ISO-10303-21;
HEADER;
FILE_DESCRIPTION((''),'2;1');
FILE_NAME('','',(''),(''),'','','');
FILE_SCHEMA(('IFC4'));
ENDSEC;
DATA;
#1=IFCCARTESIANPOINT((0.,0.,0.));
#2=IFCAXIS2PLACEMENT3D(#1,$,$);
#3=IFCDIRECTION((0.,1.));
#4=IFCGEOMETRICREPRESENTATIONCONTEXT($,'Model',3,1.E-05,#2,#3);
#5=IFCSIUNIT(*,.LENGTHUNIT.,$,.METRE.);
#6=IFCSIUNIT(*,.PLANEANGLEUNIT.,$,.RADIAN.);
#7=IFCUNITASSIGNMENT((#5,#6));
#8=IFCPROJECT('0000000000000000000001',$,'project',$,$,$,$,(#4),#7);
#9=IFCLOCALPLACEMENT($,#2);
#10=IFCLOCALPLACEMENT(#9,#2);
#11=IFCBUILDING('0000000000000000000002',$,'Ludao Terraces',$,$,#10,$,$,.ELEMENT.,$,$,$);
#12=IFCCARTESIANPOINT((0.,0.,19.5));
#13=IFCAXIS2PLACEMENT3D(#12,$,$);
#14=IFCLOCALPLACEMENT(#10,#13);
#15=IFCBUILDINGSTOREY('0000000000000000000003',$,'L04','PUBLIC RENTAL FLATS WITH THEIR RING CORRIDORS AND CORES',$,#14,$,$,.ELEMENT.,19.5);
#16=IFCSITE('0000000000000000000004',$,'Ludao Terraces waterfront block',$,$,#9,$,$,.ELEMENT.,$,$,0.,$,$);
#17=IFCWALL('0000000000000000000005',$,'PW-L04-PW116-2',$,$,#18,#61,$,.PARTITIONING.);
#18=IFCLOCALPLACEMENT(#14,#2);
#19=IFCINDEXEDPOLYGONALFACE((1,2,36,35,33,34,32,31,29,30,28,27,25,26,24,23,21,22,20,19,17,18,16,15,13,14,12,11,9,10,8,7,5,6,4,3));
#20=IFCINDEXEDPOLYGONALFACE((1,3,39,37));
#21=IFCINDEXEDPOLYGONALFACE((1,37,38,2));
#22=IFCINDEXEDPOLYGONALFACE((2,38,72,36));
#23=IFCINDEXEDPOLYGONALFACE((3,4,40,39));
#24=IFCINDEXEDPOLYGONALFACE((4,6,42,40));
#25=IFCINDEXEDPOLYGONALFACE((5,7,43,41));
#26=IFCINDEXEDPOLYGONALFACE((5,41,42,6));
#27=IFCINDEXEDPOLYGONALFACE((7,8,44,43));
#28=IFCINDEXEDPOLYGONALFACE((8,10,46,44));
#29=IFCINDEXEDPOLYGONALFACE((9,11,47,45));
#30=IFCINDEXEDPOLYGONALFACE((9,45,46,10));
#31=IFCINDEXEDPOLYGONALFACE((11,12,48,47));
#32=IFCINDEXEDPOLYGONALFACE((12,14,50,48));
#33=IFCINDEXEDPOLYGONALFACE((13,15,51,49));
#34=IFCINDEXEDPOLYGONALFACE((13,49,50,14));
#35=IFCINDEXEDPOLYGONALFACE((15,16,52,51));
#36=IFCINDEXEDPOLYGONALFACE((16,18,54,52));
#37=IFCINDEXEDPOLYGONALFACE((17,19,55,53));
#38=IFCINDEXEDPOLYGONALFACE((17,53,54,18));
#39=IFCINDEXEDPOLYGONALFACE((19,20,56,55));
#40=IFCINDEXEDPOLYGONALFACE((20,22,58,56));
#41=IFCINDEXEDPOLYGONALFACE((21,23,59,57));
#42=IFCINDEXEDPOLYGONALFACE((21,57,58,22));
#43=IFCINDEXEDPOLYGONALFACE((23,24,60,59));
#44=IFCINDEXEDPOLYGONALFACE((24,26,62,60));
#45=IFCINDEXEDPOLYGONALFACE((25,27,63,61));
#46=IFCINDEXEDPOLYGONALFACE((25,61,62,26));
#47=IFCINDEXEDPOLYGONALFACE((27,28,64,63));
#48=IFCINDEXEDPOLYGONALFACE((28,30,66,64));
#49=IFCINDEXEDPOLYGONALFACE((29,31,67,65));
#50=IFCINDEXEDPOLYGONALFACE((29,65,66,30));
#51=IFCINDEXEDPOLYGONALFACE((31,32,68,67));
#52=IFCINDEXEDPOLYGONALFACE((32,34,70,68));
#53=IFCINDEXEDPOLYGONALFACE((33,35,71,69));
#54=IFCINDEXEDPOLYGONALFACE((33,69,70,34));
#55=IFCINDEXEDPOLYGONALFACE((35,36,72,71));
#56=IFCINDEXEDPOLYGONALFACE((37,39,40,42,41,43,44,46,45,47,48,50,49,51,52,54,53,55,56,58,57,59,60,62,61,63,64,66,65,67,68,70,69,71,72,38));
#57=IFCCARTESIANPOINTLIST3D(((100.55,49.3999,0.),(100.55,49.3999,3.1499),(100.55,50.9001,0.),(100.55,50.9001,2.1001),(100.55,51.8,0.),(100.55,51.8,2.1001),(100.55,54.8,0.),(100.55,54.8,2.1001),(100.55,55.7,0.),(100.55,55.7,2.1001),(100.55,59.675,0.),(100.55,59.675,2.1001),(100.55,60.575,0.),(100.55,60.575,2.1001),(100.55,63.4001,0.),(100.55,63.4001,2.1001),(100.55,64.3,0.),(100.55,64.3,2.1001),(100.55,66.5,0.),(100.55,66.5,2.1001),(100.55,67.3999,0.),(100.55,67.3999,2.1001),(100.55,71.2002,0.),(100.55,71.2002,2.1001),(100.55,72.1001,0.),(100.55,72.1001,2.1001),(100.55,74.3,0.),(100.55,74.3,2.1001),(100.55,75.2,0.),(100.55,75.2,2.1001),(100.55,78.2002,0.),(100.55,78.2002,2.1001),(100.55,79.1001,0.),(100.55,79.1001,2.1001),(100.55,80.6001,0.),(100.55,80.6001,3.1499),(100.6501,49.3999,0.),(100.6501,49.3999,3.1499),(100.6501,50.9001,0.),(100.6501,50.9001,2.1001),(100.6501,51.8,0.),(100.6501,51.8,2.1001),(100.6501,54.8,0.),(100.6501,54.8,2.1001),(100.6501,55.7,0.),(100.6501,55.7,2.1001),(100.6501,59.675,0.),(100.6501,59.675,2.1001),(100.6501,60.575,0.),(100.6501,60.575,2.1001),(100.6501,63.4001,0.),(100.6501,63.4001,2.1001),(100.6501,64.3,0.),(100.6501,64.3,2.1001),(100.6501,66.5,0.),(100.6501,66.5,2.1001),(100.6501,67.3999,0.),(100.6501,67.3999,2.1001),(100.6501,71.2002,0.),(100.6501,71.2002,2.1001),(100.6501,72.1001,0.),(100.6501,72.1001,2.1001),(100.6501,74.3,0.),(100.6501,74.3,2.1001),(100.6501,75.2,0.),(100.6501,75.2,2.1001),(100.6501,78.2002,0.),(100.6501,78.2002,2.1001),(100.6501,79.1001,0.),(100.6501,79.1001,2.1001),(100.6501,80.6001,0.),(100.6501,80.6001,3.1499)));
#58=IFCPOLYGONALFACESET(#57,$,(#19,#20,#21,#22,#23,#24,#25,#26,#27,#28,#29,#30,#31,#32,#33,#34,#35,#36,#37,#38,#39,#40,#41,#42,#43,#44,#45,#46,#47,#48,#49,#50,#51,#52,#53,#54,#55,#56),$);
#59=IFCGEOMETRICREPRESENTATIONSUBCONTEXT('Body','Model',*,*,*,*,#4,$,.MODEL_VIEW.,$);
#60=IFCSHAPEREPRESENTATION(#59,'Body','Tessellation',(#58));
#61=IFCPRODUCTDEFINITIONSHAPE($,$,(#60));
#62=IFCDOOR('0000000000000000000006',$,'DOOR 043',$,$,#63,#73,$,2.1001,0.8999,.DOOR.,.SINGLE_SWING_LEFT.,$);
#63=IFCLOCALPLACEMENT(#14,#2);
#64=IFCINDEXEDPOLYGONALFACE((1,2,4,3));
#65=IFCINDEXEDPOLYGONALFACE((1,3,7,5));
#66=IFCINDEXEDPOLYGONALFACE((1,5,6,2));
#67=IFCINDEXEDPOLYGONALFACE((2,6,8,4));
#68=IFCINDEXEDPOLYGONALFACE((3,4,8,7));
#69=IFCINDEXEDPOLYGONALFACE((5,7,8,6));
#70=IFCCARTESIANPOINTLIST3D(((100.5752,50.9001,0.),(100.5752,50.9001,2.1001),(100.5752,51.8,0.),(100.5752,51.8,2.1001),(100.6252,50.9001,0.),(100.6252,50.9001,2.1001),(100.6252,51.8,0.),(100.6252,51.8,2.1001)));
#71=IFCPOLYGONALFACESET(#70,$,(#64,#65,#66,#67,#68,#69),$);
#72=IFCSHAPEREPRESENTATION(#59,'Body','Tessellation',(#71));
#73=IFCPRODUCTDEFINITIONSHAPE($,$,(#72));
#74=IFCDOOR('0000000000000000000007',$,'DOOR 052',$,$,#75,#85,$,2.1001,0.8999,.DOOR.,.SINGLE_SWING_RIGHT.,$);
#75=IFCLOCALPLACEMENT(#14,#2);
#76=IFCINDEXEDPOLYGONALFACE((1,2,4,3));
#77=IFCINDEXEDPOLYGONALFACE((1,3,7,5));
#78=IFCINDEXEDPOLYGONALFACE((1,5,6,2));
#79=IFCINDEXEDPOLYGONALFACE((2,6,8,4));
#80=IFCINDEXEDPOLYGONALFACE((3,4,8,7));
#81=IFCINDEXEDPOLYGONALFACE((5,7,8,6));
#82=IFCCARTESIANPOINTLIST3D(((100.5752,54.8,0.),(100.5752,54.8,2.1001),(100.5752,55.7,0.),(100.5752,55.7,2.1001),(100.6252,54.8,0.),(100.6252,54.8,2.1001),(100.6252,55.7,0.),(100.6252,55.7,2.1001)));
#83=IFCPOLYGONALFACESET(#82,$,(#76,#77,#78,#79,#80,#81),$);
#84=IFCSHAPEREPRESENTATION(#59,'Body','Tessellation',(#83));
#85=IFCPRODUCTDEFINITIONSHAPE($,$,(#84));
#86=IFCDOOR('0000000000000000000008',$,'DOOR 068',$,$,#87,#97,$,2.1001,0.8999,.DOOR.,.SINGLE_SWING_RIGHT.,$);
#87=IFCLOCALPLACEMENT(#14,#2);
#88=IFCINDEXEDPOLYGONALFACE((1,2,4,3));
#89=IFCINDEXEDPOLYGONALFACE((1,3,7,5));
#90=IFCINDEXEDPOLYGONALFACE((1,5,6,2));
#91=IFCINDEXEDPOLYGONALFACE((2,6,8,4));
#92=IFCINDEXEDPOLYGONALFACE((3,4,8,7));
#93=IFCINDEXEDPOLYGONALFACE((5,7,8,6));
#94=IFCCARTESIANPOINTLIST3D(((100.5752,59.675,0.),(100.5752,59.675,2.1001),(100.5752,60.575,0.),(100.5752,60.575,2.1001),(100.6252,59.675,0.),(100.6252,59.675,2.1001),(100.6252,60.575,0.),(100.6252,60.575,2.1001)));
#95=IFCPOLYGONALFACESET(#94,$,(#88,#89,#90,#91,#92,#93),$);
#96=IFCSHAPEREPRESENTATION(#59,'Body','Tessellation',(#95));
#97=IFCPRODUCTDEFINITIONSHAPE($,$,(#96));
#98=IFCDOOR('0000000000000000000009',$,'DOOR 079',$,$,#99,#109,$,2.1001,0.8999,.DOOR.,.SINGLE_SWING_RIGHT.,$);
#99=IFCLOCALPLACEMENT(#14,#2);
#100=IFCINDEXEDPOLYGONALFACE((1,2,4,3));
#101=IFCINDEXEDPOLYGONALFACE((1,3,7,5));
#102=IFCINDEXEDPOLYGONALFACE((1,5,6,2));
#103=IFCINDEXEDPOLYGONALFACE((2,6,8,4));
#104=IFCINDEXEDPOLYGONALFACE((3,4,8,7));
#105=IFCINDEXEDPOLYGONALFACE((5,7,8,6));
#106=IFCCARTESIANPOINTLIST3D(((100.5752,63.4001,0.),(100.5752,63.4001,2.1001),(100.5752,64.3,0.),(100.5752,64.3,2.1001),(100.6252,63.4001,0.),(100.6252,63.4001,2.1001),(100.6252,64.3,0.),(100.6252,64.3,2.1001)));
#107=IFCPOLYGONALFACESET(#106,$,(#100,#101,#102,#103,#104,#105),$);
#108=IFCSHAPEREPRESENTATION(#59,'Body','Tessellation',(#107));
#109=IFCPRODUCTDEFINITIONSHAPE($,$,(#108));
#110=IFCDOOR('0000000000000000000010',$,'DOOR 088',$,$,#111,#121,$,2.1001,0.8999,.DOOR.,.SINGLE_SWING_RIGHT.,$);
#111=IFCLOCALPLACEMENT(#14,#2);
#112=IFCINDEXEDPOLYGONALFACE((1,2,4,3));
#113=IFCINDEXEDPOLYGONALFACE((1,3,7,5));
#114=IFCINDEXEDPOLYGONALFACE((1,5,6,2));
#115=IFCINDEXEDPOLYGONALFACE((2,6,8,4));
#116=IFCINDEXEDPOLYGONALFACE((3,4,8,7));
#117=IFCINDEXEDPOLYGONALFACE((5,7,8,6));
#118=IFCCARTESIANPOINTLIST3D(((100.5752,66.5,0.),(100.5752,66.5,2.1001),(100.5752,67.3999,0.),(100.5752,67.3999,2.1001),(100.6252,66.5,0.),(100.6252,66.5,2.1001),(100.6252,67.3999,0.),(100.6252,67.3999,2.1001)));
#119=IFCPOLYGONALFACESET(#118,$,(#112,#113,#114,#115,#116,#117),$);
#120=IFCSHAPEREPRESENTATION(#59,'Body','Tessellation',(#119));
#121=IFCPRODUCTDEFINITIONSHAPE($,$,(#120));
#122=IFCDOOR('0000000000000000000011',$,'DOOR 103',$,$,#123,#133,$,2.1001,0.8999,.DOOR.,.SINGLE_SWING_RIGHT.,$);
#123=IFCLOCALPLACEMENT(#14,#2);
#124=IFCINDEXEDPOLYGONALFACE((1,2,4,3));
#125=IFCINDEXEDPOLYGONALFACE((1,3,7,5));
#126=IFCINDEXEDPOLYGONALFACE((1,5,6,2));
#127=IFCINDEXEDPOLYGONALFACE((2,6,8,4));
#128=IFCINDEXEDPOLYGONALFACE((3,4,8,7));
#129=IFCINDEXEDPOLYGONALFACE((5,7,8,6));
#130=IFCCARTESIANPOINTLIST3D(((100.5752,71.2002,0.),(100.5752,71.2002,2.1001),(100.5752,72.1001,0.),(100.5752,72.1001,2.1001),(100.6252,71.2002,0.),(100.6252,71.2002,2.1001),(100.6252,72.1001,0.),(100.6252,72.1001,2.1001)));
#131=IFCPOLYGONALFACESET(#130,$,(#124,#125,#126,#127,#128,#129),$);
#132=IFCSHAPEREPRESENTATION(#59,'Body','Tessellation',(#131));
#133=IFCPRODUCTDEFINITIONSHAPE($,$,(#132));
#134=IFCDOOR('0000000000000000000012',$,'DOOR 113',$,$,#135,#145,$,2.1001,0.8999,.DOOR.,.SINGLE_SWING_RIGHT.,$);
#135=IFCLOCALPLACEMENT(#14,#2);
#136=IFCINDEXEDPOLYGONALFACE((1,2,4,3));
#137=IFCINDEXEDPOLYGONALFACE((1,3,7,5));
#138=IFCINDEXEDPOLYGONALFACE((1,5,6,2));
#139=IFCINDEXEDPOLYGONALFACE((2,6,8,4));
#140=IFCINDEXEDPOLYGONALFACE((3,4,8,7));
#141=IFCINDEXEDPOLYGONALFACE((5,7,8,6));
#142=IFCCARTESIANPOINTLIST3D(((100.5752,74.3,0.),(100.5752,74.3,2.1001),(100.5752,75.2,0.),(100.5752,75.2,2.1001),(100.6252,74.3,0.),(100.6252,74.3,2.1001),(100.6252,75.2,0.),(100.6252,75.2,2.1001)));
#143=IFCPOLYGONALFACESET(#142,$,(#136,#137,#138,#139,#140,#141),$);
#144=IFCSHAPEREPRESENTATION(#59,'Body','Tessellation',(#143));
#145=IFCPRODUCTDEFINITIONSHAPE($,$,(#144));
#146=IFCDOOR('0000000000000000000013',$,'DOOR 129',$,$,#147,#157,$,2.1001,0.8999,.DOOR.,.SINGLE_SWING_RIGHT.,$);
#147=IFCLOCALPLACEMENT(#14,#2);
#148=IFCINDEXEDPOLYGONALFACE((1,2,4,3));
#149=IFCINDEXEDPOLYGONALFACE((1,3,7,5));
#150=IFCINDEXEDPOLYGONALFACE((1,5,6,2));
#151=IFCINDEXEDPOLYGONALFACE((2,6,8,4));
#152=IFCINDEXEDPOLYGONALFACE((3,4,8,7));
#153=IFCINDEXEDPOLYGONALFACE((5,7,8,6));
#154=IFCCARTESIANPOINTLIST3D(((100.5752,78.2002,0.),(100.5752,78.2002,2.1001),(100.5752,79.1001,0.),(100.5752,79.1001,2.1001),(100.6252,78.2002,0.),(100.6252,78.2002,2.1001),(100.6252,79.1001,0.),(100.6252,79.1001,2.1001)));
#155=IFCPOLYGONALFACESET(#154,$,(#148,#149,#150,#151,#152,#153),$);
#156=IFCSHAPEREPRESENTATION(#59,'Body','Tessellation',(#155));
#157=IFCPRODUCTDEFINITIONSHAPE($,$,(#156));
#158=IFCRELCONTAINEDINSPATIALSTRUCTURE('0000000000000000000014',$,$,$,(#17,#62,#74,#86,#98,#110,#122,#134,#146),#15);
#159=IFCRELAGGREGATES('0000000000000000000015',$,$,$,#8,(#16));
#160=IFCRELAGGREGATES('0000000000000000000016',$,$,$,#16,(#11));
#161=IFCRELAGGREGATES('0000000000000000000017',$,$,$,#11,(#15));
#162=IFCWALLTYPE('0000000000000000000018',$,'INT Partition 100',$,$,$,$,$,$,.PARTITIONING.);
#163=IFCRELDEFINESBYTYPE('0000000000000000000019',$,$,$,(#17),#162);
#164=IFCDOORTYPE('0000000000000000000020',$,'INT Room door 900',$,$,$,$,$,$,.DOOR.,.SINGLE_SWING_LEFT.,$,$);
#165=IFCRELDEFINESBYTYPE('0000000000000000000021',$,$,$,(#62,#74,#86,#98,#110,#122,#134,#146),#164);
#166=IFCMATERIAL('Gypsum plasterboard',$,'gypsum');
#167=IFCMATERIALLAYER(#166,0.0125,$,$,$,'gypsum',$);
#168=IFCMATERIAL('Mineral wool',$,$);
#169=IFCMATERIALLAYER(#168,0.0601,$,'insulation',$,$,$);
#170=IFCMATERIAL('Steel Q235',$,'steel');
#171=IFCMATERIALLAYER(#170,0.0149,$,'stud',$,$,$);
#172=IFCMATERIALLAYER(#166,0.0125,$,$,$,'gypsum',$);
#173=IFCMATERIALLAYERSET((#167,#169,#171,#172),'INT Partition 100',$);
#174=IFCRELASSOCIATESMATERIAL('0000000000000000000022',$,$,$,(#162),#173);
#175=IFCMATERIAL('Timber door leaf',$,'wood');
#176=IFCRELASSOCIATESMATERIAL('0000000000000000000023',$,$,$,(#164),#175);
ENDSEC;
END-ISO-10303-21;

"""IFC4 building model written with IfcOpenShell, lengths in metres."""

from ifc_helpers import new_model, si_unit, direction, frame, frame_2d, origin, place, context, subcontext, project, spatial, rectangle, extrude, material, layer, layer_set, type_object, element, fill, save


model = new_model("IFC4")

# Units and contexts
model_context = context("Model", 3, precision=1e-05, world=origin(), true_north=direction((0.0, 1.0)))
body_context = subcontext(model_context, "Body", "Model", "MODEL_VIEW")
ifc_project = project(units=[si_unit("LENGTHUNIT", "METRE"), si_unit("PLANEANGLEUNIT", "RADIAN")], contexts=[model_context])

# Site, building, storey
site_placement = place(None, origin())
site = spatial("IfcSite", under=ifc_project, at=site_placement, Name="Ludao Terraces waterfront block", CompositionType="ELEMENT", RefElevation=0.0)
building_placement = place(site_placement, origin())
building = spatial("IfcBuilding", under=site, at=building_placement, Name="Ludao Terraces", CompositionType="ELEMENT")
storey_placement = place(building_placement, frame((0.0, 0.0, 19.5)))
storey = spatial("IfcBuildingStorey", under=building, at=storey_placement, Name="L04", Description="PUBLIC RENTAL FLATS WITH THEIR RING CORRIDORS AND CORES", CompositionType="ELEMENT", Elevation=19.5)

# Shared definitions
ifc_material_1 = material(Name="Mineral wool")

# Wall, openings, doors
ifc_material_2 = material(Name="Gypsum plasterboard", Category="gypsum")
ifc_layer_1 = layer(ifc_material_2, 0.0125, Category="gypsum")
ifc_layer_2 = layer(ifc_material_1, 0.0601, Name="insulation")
ifc_material_3 = material(Name="Steel Q235", Category="steel")
ifc_layer_3 = layer(ifc_material_3, 0.0149, Name="stud")
ifc_layer_4 = layer(ifc_material_2, 0.0125, Category="gypsum")
ifc_layer_set_1 = layer_set([ifc_layer_1, ifc_layer_2, ifc_layer_3, ifc_layer_4], Name="INT Partition 100")
wall_type_1 = type_object("IfcWallType", Name="INT Partition 100", PredefinedType="PARTITIONING", material=ifc_layer_set_1)
wall_1_placement = place(storey_placement, frame((100.6001, 49.3999, 0.0), z_axis=(0.0, 0.0, 1.0), x_axis=(0.0, 1.0, 0.0)))
wall_1 = element("IfcWall", 1, at=wall_1_placement, inside=storey, type_object=wall_type_1, Name="PW-L04-PW116-2", PredefinedType="PARTITIONING", context=body_context, shape_type="SweptSolid", body=[
    extrude(rectangle(XDim=31.2002, YDim=0.1001, at=frame_2d((15.6001, 0.0))), origin(), (0.0, 0.0, 1.0), 3.1499),
])
opening_1_placement = place(wall_1_placement, frame((1.5002, 0.0, 0.0)))
opening_1 = element("IfcOpeningElement", 2, at=opening_1_placement, cuts=wall_1, PredefinedType="OPENING", context=body_context, shape_type="SweptSolid", body=[
    extrude(rectangle(XDim=0.8999, YDim=2.1001, at=frame_2d((0.45, 1.05))), frame((0.0, 0.0601, 0.0), z_axis=(0.0, -1.0, 0.0), x_axis=(1.0, 0.0, 0.0)), (0.0, 0.0, 1.0), 0.1201),
])
opening_2_placement = place(wall_1_placement, frame((5.4001, 0.0, 0.0)))
opening_2 = element("IfcOpeningElement", 3, at=opening_2_placement, cuts=wall_1, PredefinedType="OPENING", context=body_context, shape_type="SweptSolid", body=[
    extrude(rectangle(XDim=0.8999, YDim=2.1001, at=frame_2d((0.45, 1.05))), frame((0.0, 0.0601, 0.0), z_axis=(0.0, -1.0, 0.0), x_axis=(1.0, 0.0, 0.0)), (0.0, 0.0, 1.0), 0.1201),
])
opening_3_placement = place(wall_1_placement, frame((10.2751, 0.0, 0.0)))
opening_3 = element("IfcOpeningElement", 4, at=opening_3_placement, cuts=wall_1, PredefinedType="OPENING", context=body_context, shape_type="SweptSolid", body=[
    extrude(rectangle(XDim=0.8999, YDim=2.1001, at=frame_2d((0.45, 1.05))), frame((0.0, 0.0601, 0.0), z_axis=(0.0, -1.0, 0.0), x_axis=(1.0, 0.0, 0.0)), (0.0, 0.0, 1.0), 0.1201),
])
opening_4_placement = place(wall_1_placement, frame((14.0002, 0.0, 0.0)))
opening_4 = element("IfcOpeningElement", 5, at=opening_4_placement, cuts=wall_1, PredefinedType="OPENING", context=body_context, shape_type="SweptSolid", body=[
    extrude(rectangle(XDim=0.8999, YDim=2.1001, at=frame_2d((0.45, 1.05))), frame((0.0, 0.0601, 0.0), z_axis=(0.0, -1.0, 0.0), x_axis=(1.0, 0.0, 0.0)), (0.0, 0.0, 1.0), 0.1201),
])
opening_5_placement = place(wall_1_placement, frame((17.1001, 0.0, 0.0)))
opening_5 = element("IfcOpeningElement", 6, at=opening_5_placement, cuts=wall_1, PredefinedType="OPENING", context=body_context, shape_type="SweptSolid", body=[
    extrude(rectangle(XDim=0.8999, YDim=2.1001, at=frame_2d((0.45, 1.05))), frame((0.0, 0.0601, 0.0), z_axis=(0.0, -1.0, 0.0), x_axis=(1.0, 0.0, 0.0)), (0.0, 0.0, 1.0), 0.1201),
])
opening_6_placement = place(wall_1_placement, frame((21.8003, 0.0, 0.0)))
opening_6 = element("IfcOpeningElement", 7, at=opening_6_placement, cuts=wall_1, PredefinedType="OPENING", context=body_context, shape_type="SweptSolid", body=[
    extrude(rectangle(XDim=0.8999, YDim=2.1001, at=frame_2d((0.45, 1.05))), frame((0.0, 0.0601, 0.0), z_axis=(0.0, -1.0, 0.0), x_axis=(1.0, 0.0, 0.0)), (0.0, 0.0, 1.0), 0.1201),
])
opening_7_placement = place(wall_1_placement, frame((24.9001, 0.0, 0.0)))
opening_7 = element("IfcOpeningElement", 8, at=opening_7_placement, cuts=wall_1, PredefinedType="OPENING", context=body_context, shape_type="SweptSolid", body=[
    extrude(rectangle(XDim=0.8999, YDim=2.1001, at=frame_2d((0.45, 1.05))), frame((0.0, 0.0601, 0.0), z_axis=(0.0, -1.0, 0.0), x_axis=(1.0, 0.0, 0.0)), (0.0, 0.0, 1.0), 0.1201),
])
opening_8_placement = place(wall_1_placement, frame((28.8003, 0.0, 0.0)))
opening_8 = element("IfcOpeningElement", 9, at=opening_8_placement, cuts=wall_1, PredefinedType="OPENING", context=body_context, shape_type="SweptSolid", body=[
    extrude(rectangle(XDim=0.8999, YDim=2.1001, at=frame_2d((0.45, 1.05))), frame((0.0, 0.0601, 0.0), z_axis=(0.0, -1.0, 0.0), x_axis=(1.0, 0.0, 0.0)), (0.0, 0.0, 1.0), 0.1201),
])
ifc_material_4 = material(Name="Timber door leaf", Category="wood")
door_type_1 = type_object("IfcDoorType", Name="INT Room door 900", OperationType="SINGLE_SWING_LEFT", PredefinedType="DOOR", material=ifc_material_4)
door_1_placement = place(opening_1_placement, origin())
door_1 = element("IfcDoor", 10, at=door_1_placement, inside=storey, type_object=door_type_1, Name="DOOR 043", OperationType="SINGLE_SWING_LEFT", OverallHeight=2.1001, OverallWidth=0.8999, PredefinedType="DOOR", context=body_context, shape_type="SweptSolid", body=[
    extrude(rectangle(XDim=0.8999, YDim=2.1001, at=frame_2d((0.45, 1.05))), frame((0.0, 0.0249, 0.0), z_axis=(0.0, -1.0, 0.0), x_axis=(1.0, 0.0, 0.0)), (0.0, 0.0, 1.0), 0.05),
])
fill(opening_1, door_1)
door_2_placement = place(opening_2_placement, origin())
door_2 = element("IfcDoor", 11, at=door_2_placement, inside=storey, type_object=door_type_1, Name="DOOR 052", OperationType="SINGLE_SWING_RIGHT", OverallHeight=2.1001, OverallWidth=0.8999, PredefinedType="DOOR", context=body_context, shape_type="SweptSolid", body=[
    extrude(rectangle(XDim=0.8999, YDim=2.1001, at=frame_2d((0.45, 1.05))), frame((0.0, 0.0249, 0.0), z_axis=(0.0, -1.0, 0.0), x_axis=(1.0, 0.0, 0.0)), (0.0, 0.0, 1.0), 0.05),
])
fill(opening_2, door_2)
door_3_placement = place(opening_3_placement, origin())
door_3 = element("IfcDoor", 12, at=door_3_placement, inside=storey, type_object=door_type_1, Name="DOOR 068", OperationType="SINGLE_SWING_RIGHT", OverallHeight=2.1001, OverallWidth=0.8999, PredefinedType="DOOR", context=body_context, shape_type="SweptSolid", body=[
    extrude(rectangle(XDim=0.8999, YDim=2.1001, at=frame_2d((0.45, 1.05))), frame((0.0, 0.0249, 0.0), z_axis=(0.0, -1.0, 0.0), x_axis=(1.0, 0.0, 0.0)), (0.0, 0.0, 1.0), 0.05),
])
fill(opening_3, door_3)
door_4_placement = place(opening_4_placement, origin())
door_4 = element("IfcDoor", 13, at=door_4_placement, inside=storey, type_object=door_type_1, Name="DOOR 079", OperationType="SINGLE_SWING_RIGHT", OverallHeight=2.1001, OverallWidth=0.8999, PredefinedType="DOOR", context=body_context, shape_type="SweptSolid", body=[
    extrude(rectangle(XDim=0.8999, YDim=2.1001, at=frame_2d((0.45, 1.05))), frame((0.0, 0.0249, 0.0), z_axis=(0.0, -1.0, 0.0), x_axis=(1.0, 0.0, 0.0)), (0.0, 0.0, 1.0), 0.05),
])
fill(opening_4, door_4)
door_5_placement = place(opening_5_placement, origin())
door_5 = element("IfcDoor", 14, at=door_5_placement, inside=storey, type_object=door_type_1, Name="DOOR 088", OperationType="SINGLE_SWING_RIGHT", OverallHeight=2.1001, OverallWidth=0.8999, PredefinedType="DOOR", context=body_context, shape_type="SweptSolid", body=[
    extrude(rectangle(XDim=0.8999, YDim=2.1001, at=frame_2d((0.45, 1.05))), frame((0.0, 0.0249, 0.0), z_axis=(0.0, -1.0, 0.0), x_axis=(1.0, 0.0, 0.0)), (0.0, 0.0, 1.0), 0.05),
])
fill(opening_5, door_5)
door_6_placement = place(opening_6_placement, origin())
door_6 = element("IfcDoor", 15, at=door_6_placement, inside=storey, type_object=door_type_1, Name="DOOR 103", OperationType="SINGLE_SWING_RIGHT", OverallHeight=2.1001, OverallWidth=0.8999, PredefinedType="DOOR", context=body_context, shape_type="SweptSolid", body=[
    extrude(rectangle(XDim=0.8999, YDim=2.1001, at=frame_2d((0.45, 1.05))), frame((0.0, 0.0249, 0.0), z_axis=(0.0, -1.0, 0.0), x_axis=(1.0, 0.0, 0.0)), (0.0, 0.0, 1.0), 0.05),
])
fill(opening_6, door_6)
door_7_placement = place(opening_7_placement, origin())
door_7 = element("IfcDoor", 16, at=door_7_placement, inside=storey, type_object=door_type_1, Name="DOOR 113", OperationType="SINGLE_SWING_RIGHT", OverallHeight=2.1001, OverallWidth=0.8999, PredefinedType="DOOR", context=body_context, shape_type="SweptSolid", body=[
    extrude(rectangle(XDim=0.8999, YDim=2.1001, at=frame_2d((0.45, 1.05))), frame((0.0, 0.0249, 0.0), z_axis=(0.0, -1.0, 0.0), x_axis=(1.0, 0.0, 0.0)), (0.0, 0.0, 1.0), 0.05),
])
fill(opening_7, door_7)
door_8_placement = place(opening_8_placement, origin())
door_8 = element("IfcDoor", 17, at=door_8_placement, inside=storey, type_object=door_type_1, Name="DOOR 129", OperationType="SINGLE_SWING_RIGHT", OverallHeight=2.1001, OverallWidth=0.8999, PredefinedType="DOOR", context=body_context, shape_type="SweptSolid", body=[
    extrude(rectangle(XDim=0.8999, YDim=2.1001, at=frame_2d((0.45, 1.05))), frame((0.0, 0.0249, 0.0), z_axis=(0.0, -1.0, 0.0), x_axis=(1.0, 0.0, 0.0)), (0.0, 0.0, 1.0), 0.05),
])
fill(opening_8, door_8)

save(model, "model.ifc")
